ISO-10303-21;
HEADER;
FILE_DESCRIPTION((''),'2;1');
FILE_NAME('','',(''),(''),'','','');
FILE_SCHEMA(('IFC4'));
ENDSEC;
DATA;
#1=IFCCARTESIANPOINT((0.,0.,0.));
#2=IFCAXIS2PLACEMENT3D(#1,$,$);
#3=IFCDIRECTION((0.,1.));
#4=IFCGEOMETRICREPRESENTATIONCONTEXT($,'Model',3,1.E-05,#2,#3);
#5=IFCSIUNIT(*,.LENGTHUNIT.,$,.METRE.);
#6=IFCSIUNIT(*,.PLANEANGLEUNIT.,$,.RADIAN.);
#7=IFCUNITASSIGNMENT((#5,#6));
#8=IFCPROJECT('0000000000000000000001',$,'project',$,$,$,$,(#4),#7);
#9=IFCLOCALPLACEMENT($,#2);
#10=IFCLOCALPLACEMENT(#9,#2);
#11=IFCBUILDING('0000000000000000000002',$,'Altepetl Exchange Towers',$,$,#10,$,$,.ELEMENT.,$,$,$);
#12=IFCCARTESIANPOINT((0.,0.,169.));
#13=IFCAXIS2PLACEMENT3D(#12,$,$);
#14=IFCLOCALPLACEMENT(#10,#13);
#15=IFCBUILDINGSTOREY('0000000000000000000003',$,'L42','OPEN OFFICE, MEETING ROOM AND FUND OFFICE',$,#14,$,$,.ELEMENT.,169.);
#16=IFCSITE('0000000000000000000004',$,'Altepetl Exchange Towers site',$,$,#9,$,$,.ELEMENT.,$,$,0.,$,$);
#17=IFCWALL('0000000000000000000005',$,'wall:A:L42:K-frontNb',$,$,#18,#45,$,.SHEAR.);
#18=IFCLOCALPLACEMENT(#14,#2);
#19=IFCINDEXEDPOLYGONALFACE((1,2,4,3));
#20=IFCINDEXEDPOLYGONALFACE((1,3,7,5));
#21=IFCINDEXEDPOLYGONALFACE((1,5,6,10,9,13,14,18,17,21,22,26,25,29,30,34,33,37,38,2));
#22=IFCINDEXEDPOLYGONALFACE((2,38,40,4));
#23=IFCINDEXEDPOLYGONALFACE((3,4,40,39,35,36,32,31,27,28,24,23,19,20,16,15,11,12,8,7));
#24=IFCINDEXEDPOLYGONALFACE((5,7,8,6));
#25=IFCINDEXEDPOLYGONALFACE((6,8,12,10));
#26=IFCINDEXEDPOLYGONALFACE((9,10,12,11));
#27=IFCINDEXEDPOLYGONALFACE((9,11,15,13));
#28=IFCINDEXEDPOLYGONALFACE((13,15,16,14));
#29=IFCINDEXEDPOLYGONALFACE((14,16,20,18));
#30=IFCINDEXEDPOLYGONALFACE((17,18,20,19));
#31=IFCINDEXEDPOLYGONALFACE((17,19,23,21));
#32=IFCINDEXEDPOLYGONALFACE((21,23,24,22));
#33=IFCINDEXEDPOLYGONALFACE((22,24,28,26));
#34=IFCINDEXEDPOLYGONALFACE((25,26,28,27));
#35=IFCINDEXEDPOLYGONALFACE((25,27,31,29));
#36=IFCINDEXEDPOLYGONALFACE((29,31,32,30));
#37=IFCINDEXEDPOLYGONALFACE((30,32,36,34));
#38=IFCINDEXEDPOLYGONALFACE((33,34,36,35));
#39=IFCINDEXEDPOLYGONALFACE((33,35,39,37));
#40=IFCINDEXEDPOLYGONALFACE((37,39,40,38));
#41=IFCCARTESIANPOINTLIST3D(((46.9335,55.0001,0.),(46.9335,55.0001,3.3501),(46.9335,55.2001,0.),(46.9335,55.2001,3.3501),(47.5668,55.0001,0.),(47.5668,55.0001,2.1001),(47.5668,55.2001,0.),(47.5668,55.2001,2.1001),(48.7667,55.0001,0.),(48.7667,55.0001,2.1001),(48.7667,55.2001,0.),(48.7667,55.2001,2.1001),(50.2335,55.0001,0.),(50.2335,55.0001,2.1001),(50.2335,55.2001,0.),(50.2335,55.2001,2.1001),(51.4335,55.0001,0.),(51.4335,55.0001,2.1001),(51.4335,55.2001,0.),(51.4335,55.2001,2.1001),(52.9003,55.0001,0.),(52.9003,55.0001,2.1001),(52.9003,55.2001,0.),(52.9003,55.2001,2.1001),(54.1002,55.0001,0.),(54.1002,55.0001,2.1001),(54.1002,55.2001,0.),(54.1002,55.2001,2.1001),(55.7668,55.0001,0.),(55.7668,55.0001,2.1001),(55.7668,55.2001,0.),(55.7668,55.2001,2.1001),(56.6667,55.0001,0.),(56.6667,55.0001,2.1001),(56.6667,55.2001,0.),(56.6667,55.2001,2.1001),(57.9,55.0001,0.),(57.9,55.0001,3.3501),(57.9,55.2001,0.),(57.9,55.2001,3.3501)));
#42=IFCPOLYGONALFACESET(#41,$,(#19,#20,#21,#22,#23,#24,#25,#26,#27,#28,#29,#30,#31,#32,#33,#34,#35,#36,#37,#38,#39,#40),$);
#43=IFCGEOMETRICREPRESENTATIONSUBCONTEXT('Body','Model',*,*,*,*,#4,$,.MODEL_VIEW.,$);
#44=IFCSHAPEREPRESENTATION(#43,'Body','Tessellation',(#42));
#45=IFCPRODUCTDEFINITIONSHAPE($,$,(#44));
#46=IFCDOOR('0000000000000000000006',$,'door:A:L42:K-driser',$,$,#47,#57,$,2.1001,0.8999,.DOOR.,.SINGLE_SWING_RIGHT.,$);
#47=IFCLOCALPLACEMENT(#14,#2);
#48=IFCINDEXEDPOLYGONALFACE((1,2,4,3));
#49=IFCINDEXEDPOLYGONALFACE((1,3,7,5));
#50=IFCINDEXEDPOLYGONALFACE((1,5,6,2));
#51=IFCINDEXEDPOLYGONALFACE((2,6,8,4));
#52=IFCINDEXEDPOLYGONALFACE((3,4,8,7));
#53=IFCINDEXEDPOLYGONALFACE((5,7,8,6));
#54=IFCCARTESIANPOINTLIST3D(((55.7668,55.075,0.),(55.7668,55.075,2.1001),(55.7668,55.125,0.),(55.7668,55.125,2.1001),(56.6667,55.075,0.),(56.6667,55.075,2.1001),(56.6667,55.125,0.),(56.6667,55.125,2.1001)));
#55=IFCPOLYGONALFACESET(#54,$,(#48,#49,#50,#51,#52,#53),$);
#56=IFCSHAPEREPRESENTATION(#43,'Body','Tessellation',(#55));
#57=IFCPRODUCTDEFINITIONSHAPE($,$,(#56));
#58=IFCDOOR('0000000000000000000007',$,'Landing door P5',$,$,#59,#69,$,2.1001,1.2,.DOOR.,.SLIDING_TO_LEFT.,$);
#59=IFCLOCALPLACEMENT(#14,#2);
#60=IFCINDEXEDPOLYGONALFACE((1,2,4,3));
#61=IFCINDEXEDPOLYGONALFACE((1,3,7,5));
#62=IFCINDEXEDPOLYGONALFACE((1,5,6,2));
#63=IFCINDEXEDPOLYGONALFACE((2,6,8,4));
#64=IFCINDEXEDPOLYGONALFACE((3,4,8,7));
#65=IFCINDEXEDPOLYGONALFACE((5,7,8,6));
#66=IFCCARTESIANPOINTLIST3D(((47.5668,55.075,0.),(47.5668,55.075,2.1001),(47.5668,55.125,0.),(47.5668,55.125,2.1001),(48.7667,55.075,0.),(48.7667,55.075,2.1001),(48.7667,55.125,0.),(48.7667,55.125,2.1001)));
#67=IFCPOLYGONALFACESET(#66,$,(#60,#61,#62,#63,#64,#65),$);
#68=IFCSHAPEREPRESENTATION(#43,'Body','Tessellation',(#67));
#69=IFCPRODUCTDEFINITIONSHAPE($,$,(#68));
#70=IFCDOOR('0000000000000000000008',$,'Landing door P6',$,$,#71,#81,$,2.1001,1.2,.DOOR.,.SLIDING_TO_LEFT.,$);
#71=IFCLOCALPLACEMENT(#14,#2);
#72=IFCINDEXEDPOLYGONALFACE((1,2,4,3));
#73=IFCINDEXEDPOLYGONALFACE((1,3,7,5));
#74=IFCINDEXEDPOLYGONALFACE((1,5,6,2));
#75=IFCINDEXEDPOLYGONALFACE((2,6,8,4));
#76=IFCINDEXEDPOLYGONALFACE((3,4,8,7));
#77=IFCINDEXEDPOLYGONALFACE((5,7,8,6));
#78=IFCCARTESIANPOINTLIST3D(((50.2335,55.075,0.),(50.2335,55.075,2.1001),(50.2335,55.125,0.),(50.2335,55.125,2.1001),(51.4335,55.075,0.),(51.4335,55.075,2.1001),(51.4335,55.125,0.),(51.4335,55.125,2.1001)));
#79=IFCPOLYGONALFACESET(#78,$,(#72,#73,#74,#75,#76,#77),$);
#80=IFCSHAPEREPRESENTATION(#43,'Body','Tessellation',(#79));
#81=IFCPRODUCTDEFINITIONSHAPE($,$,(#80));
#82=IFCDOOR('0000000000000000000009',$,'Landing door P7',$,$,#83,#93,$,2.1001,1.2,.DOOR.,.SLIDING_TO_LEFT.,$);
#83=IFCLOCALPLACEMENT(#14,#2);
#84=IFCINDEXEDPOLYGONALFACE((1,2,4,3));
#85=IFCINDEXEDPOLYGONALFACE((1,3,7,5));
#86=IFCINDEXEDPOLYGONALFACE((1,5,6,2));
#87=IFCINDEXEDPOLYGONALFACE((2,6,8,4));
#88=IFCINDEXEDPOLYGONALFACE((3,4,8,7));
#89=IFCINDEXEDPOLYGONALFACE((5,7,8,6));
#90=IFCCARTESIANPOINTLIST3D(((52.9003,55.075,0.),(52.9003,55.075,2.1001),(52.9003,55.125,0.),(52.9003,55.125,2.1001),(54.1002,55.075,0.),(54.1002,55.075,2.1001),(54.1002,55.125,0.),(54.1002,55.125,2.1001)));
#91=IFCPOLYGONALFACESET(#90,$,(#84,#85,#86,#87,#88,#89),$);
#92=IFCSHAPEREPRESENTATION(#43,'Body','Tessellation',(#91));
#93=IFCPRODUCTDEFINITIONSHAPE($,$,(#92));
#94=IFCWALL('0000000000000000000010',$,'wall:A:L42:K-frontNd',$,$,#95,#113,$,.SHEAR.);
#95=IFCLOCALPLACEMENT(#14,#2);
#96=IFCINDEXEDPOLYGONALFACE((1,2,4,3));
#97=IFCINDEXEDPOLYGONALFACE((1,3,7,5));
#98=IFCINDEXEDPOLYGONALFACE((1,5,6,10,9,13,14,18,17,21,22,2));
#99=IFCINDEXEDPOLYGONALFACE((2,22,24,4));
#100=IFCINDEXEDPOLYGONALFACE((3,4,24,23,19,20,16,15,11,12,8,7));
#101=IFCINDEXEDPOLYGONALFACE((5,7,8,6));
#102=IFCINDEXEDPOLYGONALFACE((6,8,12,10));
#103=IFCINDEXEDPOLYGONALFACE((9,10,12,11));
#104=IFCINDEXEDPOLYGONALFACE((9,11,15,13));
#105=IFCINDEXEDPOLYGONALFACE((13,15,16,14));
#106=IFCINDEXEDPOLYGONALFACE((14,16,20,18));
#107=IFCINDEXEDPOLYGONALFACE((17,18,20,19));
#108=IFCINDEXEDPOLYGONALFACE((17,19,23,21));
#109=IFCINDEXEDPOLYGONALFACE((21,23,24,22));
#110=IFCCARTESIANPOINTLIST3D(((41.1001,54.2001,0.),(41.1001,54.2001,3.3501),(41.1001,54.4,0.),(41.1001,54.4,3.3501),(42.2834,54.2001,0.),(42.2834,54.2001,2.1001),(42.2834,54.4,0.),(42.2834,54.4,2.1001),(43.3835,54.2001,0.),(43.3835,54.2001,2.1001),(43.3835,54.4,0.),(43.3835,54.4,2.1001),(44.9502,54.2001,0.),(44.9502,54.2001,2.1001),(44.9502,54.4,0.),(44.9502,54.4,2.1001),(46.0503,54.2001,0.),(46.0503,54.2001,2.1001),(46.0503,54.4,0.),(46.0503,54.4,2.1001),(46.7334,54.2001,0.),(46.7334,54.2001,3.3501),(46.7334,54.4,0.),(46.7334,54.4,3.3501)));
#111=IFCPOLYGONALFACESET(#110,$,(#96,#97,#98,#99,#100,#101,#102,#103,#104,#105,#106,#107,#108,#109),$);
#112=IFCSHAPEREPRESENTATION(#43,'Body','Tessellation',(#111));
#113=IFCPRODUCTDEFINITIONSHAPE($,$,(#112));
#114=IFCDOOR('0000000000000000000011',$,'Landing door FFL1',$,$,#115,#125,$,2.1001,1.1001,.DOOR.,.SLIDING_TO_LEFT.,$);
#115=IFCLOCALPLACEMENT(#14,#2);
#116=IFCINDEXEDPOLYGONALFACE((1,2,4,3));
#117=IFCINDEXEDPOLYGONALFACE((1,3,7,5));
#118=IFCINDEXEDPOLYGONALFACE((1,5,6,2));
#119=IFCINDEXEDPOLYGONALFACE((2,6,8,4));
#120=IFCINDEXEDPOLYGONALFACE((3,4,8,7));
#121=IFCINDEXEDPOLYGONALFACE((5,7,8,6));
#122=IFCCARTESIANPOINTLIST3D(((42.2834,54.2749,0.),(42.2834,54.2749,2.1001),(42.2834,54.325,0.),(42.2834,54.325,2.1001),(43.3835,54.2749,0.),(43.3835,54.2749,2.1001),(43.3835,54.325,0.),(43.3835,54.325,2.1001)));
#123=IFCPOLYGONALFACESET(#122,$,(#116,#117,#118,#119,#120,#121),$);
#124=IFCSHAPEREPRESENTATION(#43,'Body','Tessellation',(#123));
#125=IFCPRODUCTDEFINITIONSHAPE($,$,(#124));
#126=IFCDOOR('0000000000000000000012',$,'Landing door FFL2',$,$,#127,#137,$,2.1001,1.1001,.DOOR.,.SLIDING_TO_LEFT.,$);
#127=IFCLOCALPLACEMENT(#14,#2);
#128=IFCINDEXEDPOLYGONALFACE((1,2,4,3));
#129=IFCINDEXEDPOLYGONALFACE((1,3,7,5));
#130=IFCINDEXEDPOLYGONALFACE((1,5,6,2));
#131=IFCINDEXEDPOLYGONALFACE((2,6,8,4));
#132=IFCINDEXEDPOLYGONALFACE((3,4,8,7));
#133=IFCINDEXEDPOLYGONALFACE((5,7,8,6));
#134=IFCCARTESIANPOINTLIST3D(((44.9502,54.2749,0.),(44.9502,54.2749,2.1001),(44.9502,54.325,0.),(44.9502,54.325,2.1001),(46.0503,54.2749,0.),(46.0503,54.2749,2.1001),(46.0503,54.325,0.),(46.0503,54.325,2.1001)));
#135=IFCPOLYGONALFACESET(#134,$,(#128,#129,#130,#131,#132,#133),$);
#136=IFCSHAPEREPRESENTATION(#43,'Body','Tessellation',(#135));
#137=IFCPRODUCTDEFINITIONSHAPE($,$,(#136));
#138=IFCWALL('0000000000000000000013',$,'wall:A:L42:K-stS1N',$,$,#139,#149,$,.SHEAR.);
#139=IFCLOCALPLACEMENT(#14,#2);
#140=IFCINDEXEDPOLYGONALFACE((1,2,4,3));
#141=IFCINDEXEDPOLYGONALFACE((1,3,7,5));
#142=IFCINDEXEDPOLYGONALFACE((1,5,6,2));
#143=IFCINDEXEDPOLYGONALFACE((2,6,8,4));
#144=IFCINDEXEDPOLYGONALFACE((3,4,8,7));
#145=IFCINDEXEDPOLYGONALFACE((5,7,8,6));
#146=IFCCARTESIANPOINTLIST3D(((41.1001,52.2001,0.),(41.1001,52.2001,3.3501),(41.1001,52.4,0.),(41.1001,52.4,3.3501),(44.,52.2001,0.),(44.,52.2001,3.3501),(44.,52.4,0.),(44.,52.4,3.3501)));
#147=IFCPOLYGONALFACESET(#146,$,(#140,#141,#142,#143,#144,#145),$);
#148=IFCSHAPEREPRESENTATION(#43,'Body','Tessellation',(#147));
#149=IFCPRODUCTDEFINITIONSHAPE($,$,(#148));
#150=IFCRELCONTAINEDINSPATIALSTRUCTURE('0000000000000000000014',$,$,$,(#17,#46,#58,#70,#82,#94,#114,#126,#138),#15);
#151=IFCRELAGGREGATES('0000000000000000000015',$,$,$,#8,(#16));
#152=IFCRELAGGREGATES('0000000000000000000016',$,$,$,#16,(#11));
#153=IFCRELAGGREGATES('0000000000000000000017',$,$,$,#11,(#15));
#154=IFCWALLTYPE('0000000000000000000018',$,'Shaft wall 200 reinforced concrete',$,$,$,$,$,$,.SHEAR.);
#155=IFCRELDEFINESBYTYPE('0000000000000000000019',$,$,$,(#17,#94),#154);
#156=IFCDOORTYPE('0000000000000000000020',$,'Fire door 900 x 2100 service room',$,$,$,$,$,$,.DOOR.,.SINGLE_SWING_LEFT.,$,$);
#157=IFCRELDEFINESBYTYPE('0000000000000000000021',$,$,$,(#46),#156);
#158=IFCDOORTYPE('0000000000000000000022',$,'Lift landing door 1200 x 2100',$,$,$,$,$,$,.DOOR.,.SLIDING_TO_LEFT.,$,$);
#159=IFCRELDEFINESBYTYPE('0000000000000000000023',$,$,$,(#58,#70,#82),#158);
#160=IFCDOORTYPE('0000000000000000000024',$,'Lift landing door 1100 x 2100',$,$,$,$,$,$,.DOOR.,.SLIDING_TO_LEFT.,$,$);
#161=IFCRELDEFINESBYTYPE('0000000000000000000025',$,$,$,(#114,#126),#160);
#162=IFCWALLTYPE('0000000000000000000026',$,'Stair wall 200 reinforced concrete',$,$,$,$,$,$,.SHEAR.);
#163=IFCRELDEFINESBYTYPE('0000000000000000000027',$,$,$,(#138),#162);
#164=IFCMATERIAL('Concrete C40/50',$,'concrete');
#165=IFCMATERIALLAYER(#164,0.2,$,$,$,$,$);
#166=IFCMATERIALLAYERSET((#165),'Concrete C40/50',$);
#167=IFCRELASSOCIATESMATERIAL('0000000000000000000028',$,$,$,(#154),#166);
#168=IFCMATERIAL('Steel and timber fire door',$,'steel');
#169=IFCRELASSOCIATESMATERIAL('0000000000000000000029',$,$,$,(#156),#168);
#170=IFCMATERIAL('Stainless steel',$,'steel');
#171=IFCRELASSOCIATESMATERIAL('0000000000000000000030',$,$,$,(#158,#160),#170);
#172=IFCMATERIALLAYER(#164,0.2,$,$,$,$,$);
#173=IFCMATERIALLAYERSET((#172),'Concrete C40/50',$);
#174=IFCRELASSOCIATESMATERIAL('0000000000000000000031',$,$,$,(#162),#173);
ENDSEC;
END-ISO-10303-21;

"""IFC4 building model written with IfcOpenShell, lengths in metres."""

from ifc_helpers import new_model, si_unit, direction, frame, frame_2d, origin, place, context, subcontext, project, spatial, rectangle, extrude, material, layer, layer_set, type_object, element, fill, save


model = new_model("IFC4")

# Units and contexts
model_context = context("Model", 3, precision=1e-05, world=origin(), true_north=direction((0.0, 1.0)))
body_context = subcontext(model_context, "Body", "Model", "MODEL_VIEW")
ifc_project = project(units=[si_unit("LENGTHUNIT", "METRE"), si_unit("PLANEANGLEUNIT", "RADIAN")], contexts=[model_context])

# Site, building, storey
site_placement = place(None, origin())
site = spatial("IfcSite", under=ifc_project, at=site_placement, Name="Altepetl Exchange Towers site", CompositionType="ELEMENT", RefElevation=0.0)
building_placement = place(site_placement, origin())
building = spatial("IfcBuilding", under=site, at=building_placement, Name="Altepetl Exchange Towers", CompositionType="ELEMENT")
storey_placement = place(building_placement, frame((0.0, 0.0, 169.0)))
storey = spatial("IfcBuildingStorey", under=building, at=storey_placement, Name="L42", Description="OPEN OFFICE, MEETING ROOM AND FUND OFFICE", CompositionType="ELEMENT", Elevation=169.0)

# Shared definitions
ifc_material_1 = material(Name="Steel and timber fire door", Category="steel")

# Shared definitions
ifc_material_2 = material(Name="Concrete C40/50", Category="concrete")
ifc_layer_1 = layer(ifc_material_2, 0.2)
ifc_layer_set_1 = layer_set([ifc_layer_1], Name="Concrete C40/50")
wall_type_1 = type_object("IfcWallType", Name="Shaft wall 200 reinforced concrete", PredefinedType="SHEAR", material=ifc_layer_set_1)

# Walls, openings, doors
wall_1_placement = place(storey_placement, frame((46.9333, 55.1001, 0.0)))
wall_1 = element("IfcWall", 1, at=wall_1_placement, inside=storey, type_object=wall_type_1, Name="wall:A:L42:K-frontNb", PredefinedType="SHEAR", context=body_context, shape_type="SweptSolid", body=[
    extrude(rectangle(XDim=10.9666, YDim=0.2, at=frame_2d((5.4834, 0.0))), origin(), (0.0, 0.0, 1.0), 3.3501),
])
opening_1_placement = place(wall_1_placement, frame((8.8335, 0.0, 0.0)))
opening_1 = element("IfcOpeningElement", 2, at=opening_1_placement, cuts=wall_1, PredefinedType="OPENING", context=body_context, shape_type="SweptSolid", body=[
    extrude(rectangle(XDim=0.8999, YDim=2.1001, at=frame_2d((0.45, 1.05))), frame((0.0, 0.1099, 0.0), z_axis=(0.0, -1.0, 0.0), x_axis=(1.0, 0.0, 0.0)), (0.0, 0.0, 1.0), 0.22),
])
opening_2_placement = place(wall_1_placement, frame((0.6333, 0.0, 0.0)))
opening_2 = element("IfcOpeningElement", 3, at=opening_2_placement, cuts=wall_1, PredefinedType="OPENING", context=body_context, shape_type="SweptSolid", body=[
    extrude(rectangle(XDim=1.2, YDim=2.1001, at=frame_2d((0.6001, 1.05))), frame((0.0, 0.1099, 0.0), z_axis=(0.0, -1.0, 0.0), x_axis=(1.0, 0.0, 0.0)), (0.0, 0.0, 1.0), 0.22),
])
opening_3_placement = place(wall_1_placement, frame((3.3, 0.0, 0.0)))
opening_3 = element("IfcOpeningElement", 4, at=opening_3_placement, cuts=wall_1, PredefinedType="OPENING", context=body_context, shape_type="SweptSolid", body=[
    extrude(rectangle(XDim=1.2, YDim=2.1001, at=frame_2d((0.6001, 1.05))), frame((0.0, 0.1099, 0.0), z_axis=(0.0, -1.0, 0.0), x_axis=(1.0, 0.0, 0.0)), (0.0, 0.0, 1.0), 0.22),
])
opening_4_placement = place(wall_1_placement, frame((5.9668, 0.0, 0.0)))
opening_4 = element("IfcOpeningElement", 5, at=opening_4_placement, cuts=wall_1, PredefinedType="OPENING", context=body_context, shape_type="SweptSolid", body=[
    extrude(rectangle(XDim=1.2, YDim=2.1001, at=frame_2d((0.6001, 1.05))), frame((0.0, 0.1099, 0.0), z_axis=(0.0, -1.0, 0.0), x_axis=(1.0, 0.0, 0.0)), (0.0, 0.0, 1.0), 0.22),
])
door_type_1 = type_object("IfcDoorType", Name="Fire door 900 x 2100 service room", OperationType="SINGLE_SWING_LEFT", PredefinedType="DOOR", material=ifc_material_1)
door_1_placement = place(opening_1_placement, origin())
door_1 = element("IfcDoor", 6, at=door_1_placement, inside=storey, type_object=door_type_1, Name="door:A:L42:K-driser", OperationType="SINGLE_SWING_RIGHT", OverallHeight=2.1001, OverallWidth=0.8999, PredefinedType="DOOR", context=body_context, shape_type="SweptSolid", body=[
    extrude(rectangle(XDim=0.8999, YDim=2.1001, at=frame_2d((0.45, 1.05))), frame((0.0, 0.0249, 0.0), z_axis=(0.0, -1.0, 0.0), x_axis=(1.0, 0.0, 0.0)), (0.0, 0.0, 1.0), 0.05),
])
fill(opening_1, door_1)
ifc_material_3 = material(Name="Stainless steel", Category="steel")
door_type_2 = type_object("IfcDoorType", Name="Lift landing door 1200 x 2100", OperationType="SLIDING_TO_LEFT", PredefinedType="DOOR", material=ifc_material_3)
door_2_placement = place(opening_2_placement, origin())
door_2 = element("IfcDoor", 7, at=door_2_placement, inside=storey, type_object=door_type_2, Name="Landing door P5", OperationType="SLIDING_TO_LEFT", OverallHeight=2.1001, OverallWidth=1.2, PredefinedType="DOOR", context=body_context, shape_type="SweptSolid", body=[
    extrude(rectangle(XDim=1.2, YDim=2.1001, at=frame_2d((0.6001, 1.05))), frame((0.0, 0.0249, 0.0), z_axis=(0.0, -1.0, 0.0), x_axis=(1.0, 0.0, 0.0)), (0.0, 0.0, 1.0), 0.05),
])
fill(opening_2, door_2)
door_3_placement = place(opening_3_placement, origin())
door_3 = element("IfcDoor", 8, at=door_3_placement, inside=storey, type_object=door_type_2, Name="Landing door P6", OperationType="SLIDING_TO_LEFT", OverallHeight=2.1001, OverallWidth=1.2, PredefinedType="DOOR", context=body_context, shape_type="SweptSolid", body=[
    extrude(rectangle(XDim=1.2, YDim=2.1001, at=frame_2d((0.6001, 1.05))), frame((0.0, 0.0249, 0.0), z_axis=(0.0, -1.0, 0.0), x_axis=(1.0, 0.0, 0.0)), (0.0, 0.0, 1.0), 0.05),
])
fill(opening_3, door_3)
door_4_placement = place(opening_4_placement, origin())
door_4 = element("IfcDoor", 9, at=door_4_placement, inside=storey, type_object=door_type_2, Name="Landing door P7", OperationType="SLIDING_TO_LEFT", OverallHeight=2.1001, OverallWidth=1.2, PredefinedType="DOOR", context=body_context, shape_type="SweptSolid", body=[
    extrude(rectangle(XDim=1.2, YDim=2.1001, at=frame_2d((0.6001, 1.05))), frame((0.0, 0.0249, 0.0), z_axis=(0.0, -1.0, 0.0), x_axis=(1.0, 0.0, 0.0)), (0.0, 0.0, 1.0), 0.05),
])
fill(opening_4, door_4)
wall_2_placement = place(storey_placement, frame((41.1001, 54.3, 0.0)))
wall_2 = element("IfcWall", 10, at=wall_2_placement, inside=storey, type_object=wall_type_1, Name="wall:A:L42:K-frontNd", PredefinedType="SHEAR", context=body_context, shape_type="SweptSolid", body=[
    extrude(rectangle(XDim=5.6333, YDim=0.2, at=frame_2d((2.8167, 0.0))), origin(), (0.0, 0.0, 1.0), 3.3501),
])
opening_5_placement = place(wall_2_placement, frame((1.1833, 0.0, 0.0)))
opening_5 = element("IfcOpeningElement", 11, at=opening_5_placement, cuts=wall_2, PredefinedType="OPENING", context=body_context, shape_type="SweptSolid", body=[
    extrude(rectangle(XDim=1.1001, YDim=2.1001, at=frame_2d((0.55, 1.05))), frame((0.0, 0.1099, 0.0), z_axis=(0.0, -1.0, 0.0), x_axis=(1.0, 0.0, 0.0)), (0.0, 0.0, 1.0), 0.22),
])
opening_6_placement = place(wall_2_placement, frame((3.8501, 0.0, 0.0)))
opening_6 = element("IfcOpeningElement", 12, at=opening_6_placement, cuts=wall_2, PredefinedType="OPENING", context=body_context, shape_type="SweptSolid", body=[
    extrude(rectangle(XDim=1.1001, YDim=2.1001, at=frame_2d((0.55, 1.05))), frame((0.0, 0.1099, 0.0), z_axis=(0.0, -1.0, 0.0), x_axis=(1.0, 0.0, 0.0)), (0.0, 0.0, 1.0), 0.22),
])
door_type_3 = type_object("IfcDoorType", Name="Lift landing door 1100 x 2100", OperationType="SLIDING_TO_LEFT", PredefinedType="DOOR", material=ifc_material_3)
door_5_placement = place(opening_5_placement, origin())
door_5 = element("IfcDoor", 13, at=door_5_placement, inside=storey, type_object=door_type_3, Name="Landing door FFL1", OperationType="SLIDING_TO_LEFT", OverallHeight=2.1001, OverallWidth=1.1001, PredefinedType="DOOR", context=body_context, shape_type="SweptSolid", body=[
    extrude(rectangle(XDim=1.1001, YDim=2.1001, at=frame_2d((0.55, 1.05))), frame((0.0, 0.0249, 0.0), z_axis=(0.0, -1.0, 0.0), x_axis=(1.0, 0.0, 0.0)), (0.0, 0.0, 1.0), 0.05),
])
fill(opening_5, door_5)
door_6_placement = place(opening_6_placement, origin())
door_6 = element("IfcDoor", 14, at=door_6_placement, inside=storey, type_object=door_type_3, Name="Landing door FFL2", OperationType="SLIDING_TO_LEFT", OverallHeight=2.1001, OverallWidth=1.1001, PredefinedType="DOOR", context=body_context, shape_type="SweptSolid", body=[
    extrude(rectangle(XDim=1.1001, YDim=2.1001, at=frame_2d((0.55, 1.05))), frame((0.0, 0.0249, 0.0), z_axis=(0.0, -1.0, 0.0), x_axis=(1.0, 0.0, 0.0)), (0.0, 0.0, 1.0), 0.05),
])
fill(opening_6, door_6)

# Wall
ifc_layer_2 = layer(ifc_material_2, 0.2)
ifc_layer_set_2 = layer_set([ifc_layer_2], Name="Concrete C40/50")
wall_type_2 = type_object("IfcWallType", Name="Stair wall 200 reinforced concrete", PredefinedType="SHEAR", material=ifc_layer_set_2)
wall_3_placement = place(storey_placement, frame((41.1001, 52.3, 0.0)))
element("IfcWall", 15, at=wall_3_placement, inside=storey, type_object=wall_type_2, Name="wall:A:L42:K-stS1N", PredefinedType="SHEAR", context=body_context, shape_type="SweptSolid", body=[
    extrude(rectangle(XDim=2.8999, YDim=0.2, at=frame_2d((1.45, 0.0))), origin(), (0.0, 0.0, 1.0), 3.3501),
])

save(model, "model.ifc")
